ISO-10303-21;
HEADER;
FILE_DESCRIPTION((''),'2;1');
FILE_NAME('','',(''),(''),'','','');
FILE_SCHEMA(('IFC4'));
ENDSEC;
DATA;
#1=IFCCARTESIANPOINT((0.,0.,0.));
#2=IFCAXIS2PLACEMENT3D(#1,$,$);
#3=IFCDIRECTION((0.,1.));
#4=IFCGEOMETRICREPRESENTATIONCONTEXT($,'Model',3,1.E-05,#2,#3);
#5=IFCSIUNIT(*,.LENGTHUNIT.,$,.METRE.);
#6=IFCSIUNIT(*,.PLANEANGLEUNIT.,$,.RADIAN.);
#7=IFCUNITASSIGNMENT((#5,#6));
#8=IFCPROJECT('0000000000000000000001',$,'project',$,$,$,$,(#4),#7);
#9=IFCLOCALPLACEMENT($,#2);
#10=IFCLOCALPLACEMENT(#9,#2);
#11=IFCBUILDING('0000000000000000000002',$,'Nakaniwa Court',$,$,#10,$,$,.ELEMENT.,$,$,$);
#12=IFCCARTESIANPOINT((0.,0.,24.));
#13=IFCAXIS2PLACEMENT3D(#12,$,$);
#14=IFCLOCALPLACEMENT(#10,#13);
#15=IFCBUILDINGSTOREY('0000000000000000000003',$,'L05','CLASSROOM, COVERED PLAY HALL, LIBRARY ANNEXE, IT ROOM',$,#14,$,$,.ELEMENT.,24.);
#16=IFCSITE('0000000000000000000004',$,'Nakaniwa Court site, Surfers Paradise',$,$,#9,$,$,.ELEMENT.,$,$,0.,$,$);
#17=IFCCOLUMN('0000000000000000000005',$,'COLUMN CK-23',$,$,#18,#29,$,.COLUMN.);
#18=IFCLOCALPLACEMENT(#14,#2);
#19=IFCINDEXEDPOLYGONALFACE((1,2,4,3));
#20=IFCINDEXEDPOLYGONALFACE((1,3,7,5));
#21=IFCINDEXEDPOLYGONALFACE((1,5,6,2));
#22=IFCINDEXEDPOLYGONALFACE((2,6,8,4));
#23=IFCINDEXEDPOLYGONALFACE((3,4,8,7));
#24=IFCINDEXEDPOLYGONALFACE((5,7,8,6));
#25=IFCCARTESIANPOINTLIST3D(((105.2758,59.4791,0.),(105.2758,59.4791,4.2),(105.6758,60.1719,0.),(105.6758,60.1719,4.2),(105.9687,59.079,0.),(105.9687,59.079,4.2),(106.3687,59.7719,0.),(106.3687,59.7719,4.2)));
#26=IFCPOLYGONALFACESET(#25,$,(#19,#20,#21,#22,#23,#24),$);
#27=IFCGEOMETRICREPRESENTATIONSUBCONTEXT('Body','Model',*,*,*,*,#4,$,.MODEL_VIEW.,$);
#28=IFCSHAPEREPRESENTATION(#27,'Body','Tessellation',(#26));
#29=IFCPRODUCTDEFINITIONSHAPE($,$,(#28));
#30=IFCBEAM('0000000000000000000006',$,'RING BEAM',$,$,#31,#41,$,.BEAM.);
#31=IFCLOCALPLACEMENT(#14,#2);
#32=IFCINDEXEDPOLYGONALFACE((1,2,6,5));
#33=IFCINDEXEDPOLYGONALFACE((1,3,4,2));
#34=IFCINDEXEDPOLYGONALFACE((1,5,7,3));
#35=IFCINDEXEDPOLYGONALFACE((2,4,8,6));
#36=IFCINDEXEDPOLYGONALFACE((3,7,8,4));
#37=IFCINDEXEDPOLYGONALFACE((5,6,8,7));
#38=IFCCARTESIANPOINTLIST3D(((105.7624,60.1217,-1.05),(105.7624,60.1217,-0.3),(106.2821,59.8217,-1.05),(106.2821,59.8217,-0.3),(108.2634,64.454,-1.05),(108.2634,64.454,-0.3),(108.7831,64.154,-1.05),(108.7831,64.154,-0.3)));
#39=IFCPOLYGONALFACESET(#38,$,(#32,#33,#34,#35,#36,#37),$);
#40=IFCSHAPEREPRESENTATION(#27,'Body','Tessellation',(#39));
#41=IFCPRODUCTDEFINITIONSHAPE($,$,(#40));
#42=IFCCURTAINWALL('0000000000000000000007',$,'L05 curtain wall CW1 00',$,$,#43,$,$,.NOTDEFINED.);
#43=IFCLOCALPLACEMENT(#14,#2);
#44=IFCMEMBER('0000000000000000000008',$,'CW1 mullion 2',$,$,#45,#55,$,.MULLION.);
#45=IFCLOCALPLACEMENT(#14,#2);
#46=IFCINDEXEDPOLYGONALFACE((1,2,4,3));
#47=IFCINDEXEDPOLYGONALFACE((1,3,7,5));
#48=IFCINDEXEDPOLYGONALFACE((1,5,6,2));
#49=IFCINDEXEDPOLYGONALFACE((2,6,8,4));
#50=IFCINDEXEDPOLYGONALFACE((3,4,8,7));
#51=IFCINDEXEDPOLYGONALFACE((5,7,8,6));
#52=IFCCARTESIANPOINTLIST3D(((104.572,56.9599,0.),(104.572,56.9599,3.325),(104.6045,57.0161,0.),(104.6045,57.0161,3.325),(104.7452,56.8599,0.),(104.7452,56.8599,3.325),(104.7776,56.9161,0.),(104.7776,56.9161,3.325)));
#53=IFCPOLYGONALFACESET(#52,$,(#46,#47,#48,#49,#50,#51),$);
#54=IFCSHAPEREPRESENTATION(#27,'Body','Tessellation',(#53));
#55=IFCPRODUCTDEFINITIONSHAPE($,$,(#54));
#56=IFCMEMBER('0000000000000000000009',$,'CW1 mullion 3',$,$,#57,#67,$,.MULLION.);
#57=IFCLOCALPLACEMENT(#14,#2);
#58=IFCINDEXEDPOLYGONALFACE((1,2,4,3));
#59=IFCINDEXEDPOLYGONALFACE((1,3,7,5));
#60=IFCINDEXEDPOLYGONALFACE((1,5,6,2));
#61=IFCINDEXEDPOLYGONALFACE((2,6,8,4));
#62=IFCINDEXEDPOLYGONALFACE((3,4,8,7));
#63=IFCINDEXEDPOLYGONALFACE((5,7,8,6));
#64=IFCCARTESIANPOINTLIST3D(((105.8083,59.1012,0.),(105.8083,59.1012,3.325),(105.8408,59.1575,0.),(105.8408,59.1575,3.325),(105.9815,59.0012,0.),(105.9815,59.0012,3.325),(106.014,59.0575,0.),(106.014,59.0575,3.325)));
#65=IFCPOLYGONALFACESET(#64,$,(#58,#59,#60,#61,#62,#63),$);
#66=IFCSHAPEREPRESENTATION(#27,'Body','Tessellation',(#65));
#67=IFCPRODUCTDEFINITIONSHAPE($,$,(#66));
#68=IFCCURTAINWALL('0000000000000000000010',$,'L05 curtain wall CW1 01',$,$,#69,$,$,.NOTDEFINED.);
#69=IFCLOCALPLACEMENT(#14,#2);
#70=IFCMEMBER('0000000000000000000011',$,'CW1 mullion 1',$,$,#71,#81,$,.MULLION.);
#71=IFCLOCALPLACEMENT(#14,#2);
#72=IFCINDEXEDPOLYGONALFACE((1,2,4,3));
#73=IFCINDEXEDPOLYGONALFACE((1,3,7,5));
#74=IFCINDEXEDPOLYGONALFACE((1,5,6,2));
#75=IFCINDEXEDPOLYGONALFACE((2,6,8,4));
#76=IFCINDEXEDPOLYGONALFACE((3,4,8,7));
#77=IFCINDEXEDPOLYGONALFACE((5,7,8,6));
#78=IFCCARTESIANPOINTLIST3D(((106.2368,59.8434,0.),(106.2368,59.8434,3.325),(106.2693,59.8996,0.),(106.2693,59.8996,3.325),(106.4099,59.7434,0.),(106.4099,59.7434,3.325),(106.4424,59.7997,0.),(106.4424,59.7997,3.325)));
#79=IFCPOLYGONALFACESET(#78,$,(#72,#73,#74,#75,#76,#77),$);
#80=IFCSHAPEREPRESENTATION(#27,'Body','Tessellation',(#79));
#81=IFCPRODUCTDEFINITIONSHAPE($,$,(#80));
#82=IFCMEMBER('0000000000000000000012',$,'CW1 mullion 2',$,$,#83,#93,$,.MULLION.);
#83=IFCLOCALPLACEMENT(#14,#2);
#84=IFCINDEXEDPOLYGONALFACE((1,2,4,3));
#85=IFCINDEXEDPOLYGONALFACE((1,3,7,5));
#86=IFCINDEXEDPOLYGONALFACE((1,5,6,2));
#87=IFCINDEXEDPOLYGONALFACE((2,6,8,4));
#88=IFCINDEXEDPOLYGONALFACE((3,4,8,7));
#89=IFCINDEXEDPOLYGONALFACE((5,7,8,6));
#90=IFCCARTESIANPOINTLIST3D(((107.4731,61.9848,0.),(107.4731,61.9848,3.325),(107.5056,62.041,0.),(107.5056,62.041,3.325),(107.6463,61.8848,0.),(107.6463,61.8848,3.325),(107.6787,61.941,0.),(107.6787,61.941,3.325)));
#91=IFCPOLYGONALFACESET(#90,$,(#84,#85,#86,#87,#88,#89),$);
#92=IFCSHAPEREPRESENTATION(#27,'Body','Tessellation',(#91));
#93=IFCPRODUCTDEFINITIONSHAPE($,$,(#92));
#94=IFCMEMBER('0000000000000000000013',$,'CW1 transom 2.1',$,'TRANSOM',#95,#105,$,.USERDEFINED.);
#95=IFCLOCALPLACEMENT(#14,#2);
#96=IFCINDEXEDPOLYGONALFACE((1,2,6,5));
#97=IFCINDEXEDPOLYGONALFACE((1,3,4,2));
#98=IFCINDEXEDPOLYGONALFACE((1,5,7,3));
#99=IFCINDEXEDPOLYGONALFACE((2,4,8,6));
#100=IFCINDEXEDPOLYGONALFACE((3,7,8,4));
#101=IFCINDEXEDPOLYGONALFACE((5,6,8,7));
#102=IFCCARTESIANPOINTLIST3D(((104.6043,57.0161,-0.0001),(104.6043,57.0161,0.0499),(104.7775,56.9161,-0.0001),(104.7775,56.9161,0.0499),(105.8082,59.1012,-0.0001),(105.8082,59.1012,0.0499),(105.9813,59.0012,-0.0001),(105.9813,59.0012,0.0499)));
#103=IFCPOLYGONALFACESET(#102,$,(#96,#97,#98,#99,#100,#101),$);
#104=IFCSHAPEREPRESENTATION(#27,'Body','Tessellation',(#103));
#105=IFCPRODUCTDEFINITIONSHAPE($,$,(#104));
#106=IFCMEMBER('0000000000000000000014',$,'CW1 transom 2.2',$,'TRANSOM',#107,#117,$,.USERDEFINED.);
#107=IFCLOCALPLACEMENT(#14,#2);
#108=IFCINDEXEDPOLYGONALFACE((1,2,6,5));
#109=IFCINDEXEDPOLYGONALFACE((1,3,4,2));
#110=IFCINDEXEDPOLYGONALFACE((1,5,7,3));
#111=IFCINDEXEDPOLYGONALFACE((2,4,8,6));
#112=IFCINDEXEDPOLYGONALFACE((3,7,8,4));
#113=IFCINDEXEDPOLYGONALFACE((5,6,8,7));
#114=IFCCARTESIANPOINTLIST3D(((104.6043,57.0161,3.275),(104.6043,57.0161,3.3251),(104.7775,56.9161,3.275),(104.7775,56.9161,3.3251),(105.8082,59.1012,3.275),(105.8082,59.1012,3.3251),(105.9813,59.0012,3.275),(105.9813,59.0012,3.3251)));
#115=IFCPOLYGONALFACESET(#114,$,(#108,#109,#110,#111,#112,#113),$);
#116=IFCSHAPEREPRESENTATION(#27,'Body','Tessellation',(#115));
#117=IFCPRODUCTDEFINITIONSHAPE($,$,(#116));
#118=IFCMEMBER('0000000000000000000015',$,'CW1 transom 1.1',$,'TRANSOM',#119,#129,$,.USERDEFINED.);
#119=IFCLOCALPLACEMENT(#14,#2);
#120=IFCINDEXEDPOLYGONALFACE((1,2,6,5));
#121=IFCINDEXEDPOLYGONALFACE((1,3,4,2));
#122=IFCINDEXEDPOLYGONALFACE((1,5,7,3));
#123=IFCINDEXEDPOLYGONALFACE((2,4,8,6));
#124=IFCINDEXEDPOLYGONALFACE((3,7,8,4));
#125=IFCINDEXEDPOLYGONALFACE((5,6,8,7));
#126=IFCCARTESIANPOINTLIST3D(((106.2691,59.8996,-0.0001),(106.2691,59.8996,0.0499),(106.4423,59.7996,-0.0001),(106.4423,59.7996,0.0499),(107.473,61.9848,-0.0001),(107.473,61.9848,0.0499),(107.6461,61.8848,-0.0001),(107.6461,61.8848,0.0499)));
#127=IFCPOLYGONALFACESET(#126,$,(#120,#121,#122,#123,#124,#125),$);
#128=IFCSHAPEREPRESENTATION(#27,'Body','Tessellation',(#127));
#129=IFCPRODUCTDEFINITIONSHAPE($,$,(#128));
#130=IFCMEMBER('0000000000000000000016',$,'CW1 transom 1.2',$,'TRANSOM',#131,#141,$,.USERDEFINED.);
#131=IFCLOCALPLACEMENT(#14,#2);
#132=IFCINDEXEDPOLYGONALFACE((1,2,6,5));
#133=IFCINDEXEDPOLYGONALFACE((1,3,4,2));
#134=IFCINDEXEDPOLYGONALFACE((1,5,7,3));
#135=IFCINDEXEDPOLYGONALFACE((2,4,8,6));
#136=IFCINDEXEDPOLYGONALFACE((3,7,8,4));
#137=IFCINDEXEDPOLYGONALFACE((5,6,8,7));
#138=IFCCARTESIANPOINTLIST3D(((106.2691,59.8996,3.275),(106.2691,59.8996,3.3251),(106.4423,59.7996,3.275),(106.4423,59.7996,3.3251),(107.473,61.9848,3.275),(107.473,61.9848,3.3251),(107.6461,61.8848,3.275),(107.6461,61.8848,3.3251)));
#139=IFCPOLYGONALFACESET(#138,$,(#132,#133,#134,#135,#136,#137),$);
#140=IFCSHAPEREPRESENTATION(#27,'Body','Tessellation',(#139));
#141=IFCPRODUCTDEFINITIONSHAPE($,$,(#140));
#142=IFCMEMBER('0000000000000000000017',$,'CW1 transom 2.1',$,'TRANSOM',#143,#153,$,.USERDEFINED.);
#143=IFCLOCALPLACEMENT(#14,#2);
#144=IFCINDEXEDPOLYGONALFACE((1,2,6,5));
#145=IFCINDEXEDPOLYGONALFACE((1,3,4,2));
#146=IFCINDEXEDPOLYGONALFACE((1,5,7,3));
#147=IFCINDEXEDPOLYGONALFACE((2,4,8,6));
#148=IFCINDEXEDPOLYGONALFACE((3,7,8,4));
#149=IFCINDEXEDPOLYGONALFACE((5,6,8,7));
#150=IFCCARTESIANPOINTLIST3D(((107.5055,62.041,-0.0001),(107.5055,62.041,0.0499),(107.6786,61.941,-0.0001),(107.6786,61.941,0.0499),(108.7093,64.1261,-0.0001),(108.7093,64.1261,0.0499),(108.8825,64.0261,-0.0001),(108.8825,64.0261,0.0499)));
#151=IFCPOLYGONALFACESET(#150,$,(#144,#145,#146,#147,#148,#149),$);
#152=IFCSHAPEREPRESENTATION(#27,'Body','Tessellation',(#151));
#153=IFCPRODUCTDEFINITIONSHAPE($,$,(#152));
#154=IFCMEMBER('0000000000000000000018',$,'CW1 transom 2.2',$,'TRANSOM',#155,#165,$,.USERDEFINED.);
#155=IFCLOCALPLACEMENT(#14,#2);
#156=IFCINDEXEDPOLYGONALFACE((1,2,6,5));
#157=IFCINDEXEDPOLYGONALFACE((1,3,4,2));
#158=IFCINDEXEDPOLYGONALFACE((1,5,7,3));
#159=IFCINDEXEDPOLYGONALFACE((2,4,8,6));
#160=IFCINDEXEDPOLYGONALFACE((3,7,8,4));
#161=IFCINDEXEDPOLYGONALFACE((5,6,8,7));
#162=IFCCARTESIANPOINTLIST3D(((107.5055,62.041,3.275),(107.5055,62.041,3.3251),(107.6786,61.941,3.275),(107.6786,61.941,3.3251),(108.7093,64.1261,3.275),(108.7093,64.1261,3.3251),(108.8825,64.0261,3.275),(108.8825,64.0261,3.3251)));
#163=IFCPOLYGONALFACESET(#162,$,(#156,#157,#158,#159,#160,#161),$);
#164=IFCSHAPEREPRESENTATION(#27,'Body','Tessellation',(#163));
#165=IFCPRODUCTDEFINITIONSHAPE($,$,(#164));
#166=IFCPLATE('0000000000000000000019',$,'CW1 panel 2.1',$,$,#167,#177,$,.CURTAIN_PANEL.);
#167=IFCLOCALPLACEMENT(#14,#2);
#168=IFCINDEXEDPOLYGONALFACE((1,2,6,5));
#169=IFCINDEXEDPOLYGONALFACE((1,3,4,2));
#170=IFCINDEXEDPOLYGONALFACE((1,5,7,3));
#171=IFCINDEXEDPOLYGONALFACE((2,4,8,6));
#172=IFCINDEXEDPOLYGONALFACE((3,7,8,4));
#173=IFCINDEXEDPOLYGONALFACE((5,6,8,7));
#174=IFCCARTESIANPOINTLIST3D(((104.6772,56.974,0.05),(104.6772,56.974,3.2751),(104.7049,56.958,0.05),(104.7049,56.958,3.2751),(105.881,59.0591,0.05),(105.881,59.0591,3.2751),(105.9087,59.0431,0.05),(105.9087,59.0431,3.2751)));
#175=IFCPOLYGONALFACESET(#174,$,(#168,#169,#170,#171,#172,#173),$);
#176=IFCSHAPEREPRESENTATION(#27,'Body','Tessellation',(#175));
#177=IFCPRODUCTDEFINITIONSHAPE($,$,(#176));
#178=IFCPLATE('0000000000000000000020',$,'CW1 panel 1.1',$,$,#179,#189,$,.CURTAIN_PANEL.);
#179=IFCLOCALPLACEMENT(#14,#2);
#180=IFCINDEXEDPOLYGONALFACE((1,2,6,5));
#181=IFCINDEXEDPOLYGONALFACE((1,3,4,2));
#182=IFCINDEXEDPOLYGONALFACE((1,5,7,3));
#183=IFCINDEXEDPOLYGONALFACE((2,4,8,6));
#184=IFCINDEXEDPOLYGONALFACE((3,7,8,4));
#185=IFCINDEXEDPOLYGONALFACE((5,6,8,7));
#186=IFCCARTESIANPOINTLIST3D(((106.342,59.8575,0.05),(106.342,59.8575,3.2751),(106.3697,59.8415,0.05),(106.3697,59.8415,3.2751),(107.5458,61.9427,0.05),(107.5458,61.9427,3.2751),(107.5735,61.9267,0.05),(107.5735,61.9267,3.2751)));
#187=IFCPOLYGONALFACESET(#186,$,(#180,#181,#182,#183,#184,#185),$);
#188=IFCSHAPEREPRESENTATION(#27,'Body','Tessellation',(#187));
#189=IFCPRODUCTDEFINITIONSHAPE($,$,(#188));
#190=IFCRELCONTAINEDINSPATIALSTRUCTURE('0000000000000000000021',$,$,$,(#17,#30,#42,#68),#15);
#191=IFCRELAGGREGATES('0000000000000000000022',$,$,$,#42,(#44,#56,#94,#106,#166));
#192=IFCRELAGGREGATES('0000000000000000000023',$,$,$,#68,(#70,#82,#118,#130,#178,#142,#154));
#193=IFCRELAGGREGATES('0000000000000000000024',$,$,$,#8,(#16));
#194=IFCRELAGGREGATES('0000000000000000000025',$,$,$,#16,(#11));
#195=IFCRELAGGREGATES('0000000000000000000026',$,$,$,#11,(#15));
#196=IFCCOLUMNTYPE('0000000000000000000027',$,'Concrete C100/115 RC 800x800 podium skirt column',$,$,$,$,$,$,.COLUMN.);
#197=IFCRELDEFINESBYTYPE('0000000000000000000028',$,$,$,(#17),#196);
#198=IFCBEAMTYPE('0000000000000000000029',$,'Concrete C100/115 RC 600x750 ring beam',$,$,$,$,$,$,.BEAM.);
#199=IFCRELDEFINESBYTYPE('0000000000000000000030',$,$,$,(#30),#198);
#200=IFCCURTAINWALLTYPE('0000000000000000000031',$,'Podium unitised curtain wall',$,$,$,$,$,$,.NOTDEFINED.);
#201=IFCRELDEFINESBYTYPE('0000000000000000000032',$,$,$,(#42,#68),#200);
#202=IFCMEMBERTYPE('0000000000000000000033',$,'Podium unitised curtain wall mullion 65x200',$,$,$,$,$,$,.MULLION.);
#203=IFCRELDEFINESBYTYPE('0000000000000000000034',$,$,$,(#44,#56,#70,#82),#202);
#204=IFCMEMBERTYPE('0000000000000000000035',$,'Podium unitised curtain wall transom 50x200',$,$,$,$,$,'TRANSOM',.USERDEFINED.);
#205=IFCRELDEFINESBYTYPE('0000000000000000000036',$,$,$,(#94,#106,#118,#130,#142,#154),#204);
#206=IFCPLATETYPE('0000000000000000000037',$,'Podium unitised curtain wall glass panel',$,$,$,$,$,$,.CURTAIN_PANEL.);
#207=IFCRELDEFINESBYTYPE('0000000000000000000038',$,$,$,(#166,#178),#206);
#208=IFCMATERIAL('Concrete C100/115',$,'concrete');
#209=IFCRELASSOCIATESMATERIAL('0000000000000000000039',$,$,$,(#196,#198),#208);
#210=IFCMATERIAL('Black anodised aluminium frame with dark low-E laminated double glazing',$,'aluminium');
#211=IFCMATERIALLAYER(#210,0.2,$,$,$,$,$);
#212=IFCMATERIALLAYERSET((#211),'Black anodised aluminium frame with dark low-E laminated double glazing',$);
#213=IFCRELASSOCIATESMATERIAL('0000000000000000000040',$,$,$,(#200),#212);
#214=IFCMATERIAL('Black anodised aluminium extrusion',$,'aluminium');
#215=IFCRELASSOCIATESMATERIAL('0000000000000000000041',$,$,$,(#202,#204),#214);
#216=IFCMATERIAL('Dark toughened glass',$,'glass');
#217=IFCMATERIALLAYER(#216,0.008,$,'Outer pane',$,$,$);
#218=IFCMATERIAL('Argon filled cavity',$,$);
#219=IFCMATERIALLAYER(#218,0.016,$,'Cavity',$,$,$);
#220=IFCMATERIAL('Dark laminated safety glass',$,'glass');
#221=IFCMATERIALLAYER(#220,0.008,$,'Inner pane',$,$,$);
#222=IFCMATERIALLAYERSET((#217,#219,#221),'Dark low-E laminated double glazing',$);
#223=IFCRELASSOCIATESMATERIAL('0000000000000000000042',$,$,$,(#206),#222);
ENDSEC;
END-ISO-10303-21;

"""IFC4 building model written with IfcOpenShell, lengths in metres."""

from ifc_helpers import new_model, si_unit, direction, frame, origin, origin_2d, place, context, subcontext, project, spatial, rectangle, extrude, material, layer, layer_set, material_profile, profile_set, type_object, element, aggregate, save


model = new_model("IFC4")

# Units and contexts
model_context = context("Model", 3, precision=1e-05, world=origin(), true_north=direction((0.0, 1.0)))
body_context = subcontext(model_context, "Body", "Model", "MODEL_VIEW")
ifc_project = project(units=[si_unit("LENGTHUNIT", "METRE"), si_unit("PLANEANGLEUNIT", "RADIAN")], contexts=[model_context])

# Site, building, storey
site_placement = place(None, origin())
site = spatial("IfcSite", under=ifc_project, at=site_placement, Name="Nakaniwa Court site, Surfers Paradise", CompositionType="ELEMENT", RefElevation=0.0)
building_placement = place(site_placement, origin())
building = spatial("IfcBuilding", under=site, at=building_placement, Name="Nakaniwa Court", CompositionType="ELEMENT")
storey_placement = place(building_placement, frame((0.0, 0.0, 24.0)))
storey = spatial("IfcBuildingStorey", under=building, at=storey_placement, Name="L05", Description="CLASSROOM, COVERED PLAY HALL, LIBRARY ANNEXE, IT ROOM", CompositionType="ELEMENT", Elevation=24.0)

# Column
ifc_material_1 = material(Name="Concrete C100/115", Category="concrete")
ifc_material_profile_1 = material_profile(ifc_material_1, rectangle(XDim=0.8, YDim=0.8, at=origin_2d()), Name="Concrete C100/115 RC 800x800 podium skirt column")
ifc_profile_set_1 = profile_set([ifc_material_profile_1], Name="Concrete C100/115")
column_type = type_object("IfcColumnType", Name="Concrete C100/115 RC 800x800 podium skirt column", PredefinedType="COLUMN", material=ifc_profile_set_1)
column_placement = place(storey_placement, frame((105.8223, 59.6255, 0.0), z_axis=(0.0, 0.0, 1.0), x_axis=(0.5, 0.866025, 0.0)))
element("IfcColumn", 1, at=column_placement, inside=storey, type_object=column_type, Name="COLUMN CK-23", PredefinedType="COLUMN", context=body_context, shape_type="SweptSolid", body=[
    extrude(rectangle(XDim=0.8, YDim=0.8, at=origin_2d()), origin(), (0.0, 0.0, 1.0), 4.2),
])

# Beam
ifc_material_profile_2 = material_profile(ifc_material_1, rectangle(XDim=0.6001, YDim=0.75, at=origin_2d()), Name="Concrete C100/115 RC 600x750 ring beam")
ifc_profile_set_2 = profile_set([ifc_material_profile_2], Name="Concrete C100/115")
beam_type = type_object("IfcBeamType", Name="Concrete C100/115 RC 600x750 ring beam", PredefinedType="BEAM", material=ifc_profile_set_2)
beam_placement = place(storey_placement, frame((106.0222, 59.9717, -0.675), z_axis=(0.49996, 0.866048, 0.0), x_axis=(-0.866048, 0.49996, 0.0)))
element("IfcBeam", 2, at=beam_placement, inside=storey, type_object=beam_type, Name="RING BEAM", PredefinedType="BEAM", context=body_context, shape_type="SweptSolid", body=[
    extrude(rectangle(XDim=0.6001, YDim=0.75, at=origin_2d()), origin(), (0.0, 0.0, 1.0), 5.0024),
])

# Curtain walls, members
ifc_material_2 = material(Name="Black anodised aluminium frame with dark low-E laminated double glazing", Category="aluminium")
ifc_layer_1 = layer(ifc_material_2, 0.2)
ifc_layer_set_1 = layer_set([ifc_layer_1], Name="Black anodised aluminium frame with dark low-E laminated double glazing")
curtain_wall_type = type_object("IfcCurtainWallType", Name="Podium unitised curtain wall", PredefinedType="NOTDEFINED", material=ifc_layer_set_1)
curtain_wall_1_placement = place(storey_placement, origin())
curtain_wall_1 = element("IfcCurtainWall", 3, at=curtain_wall_1_placement, inside=storey, type_object=curtain_wall_type, Name="L05 curtain wall CW1 00", PredefinedType="NOTDEFINED")
ifc_material_3 = material(Name="Black anodised aluminium extrusion", Category="aluminium")
ifc_material_profile_3 = material_profile(ifc_material_3, rectangle(XDim=0.2, YDim=0.0649, at=origin_2d()), Name="Podium unitised curtain wall mullion 65x200")
ifc_profile_set_3 = profile_set([ifc_material_profile_3], Name="Black anodised aluminium extrusion")
member_type_1 = type_object("IfcMemberType", Name="Podium unitised curtain wall mullion 65x200", PredefinedType="MULLION", material=ifc_profile_set_3)
member_1_placement = place(storey_placement, frame((104.6748, 56.938, 0.0), z_axis=(0.0, 0.0, 1.0), x_axis=(-0.866037, 0.499979, 0.0)))
member_1 = element("IfcMember", 4, at=member_1_placement, type_object=member_type_1, Name="CW1 mullion 2", PredefinedType="MULLION", context=body_context, shape_type="SweptSolid", body=[
    extrude(rectangle(XDim=0.2, YDim=0.0649, at=origin_2d()), origin(), (0.0, 0.0, 1.0), 3.325),
])
member_2_placement = place(storey_placement, frame((105.9111, 59.0793, 0.0), z_axis=(0.0, 0.0, 1.0), x_axis=(-0.866037, 0.499979, 0.0)))
member_2 = element("IfcMember", 5, at=member_2_placement, type_object=member_type_1, Name="CW1 mullion 3", PredefinedType="MULLION", context=body_context, shape_type="SweptSolid", body=[
    extrude(rectangle(XDim=0.2, YDim=0.0649, at=origin_2d()), origin(), (0.0, 0.0, 1.0), 3.325),
])
curtain_wall_2_placement = place(storey_placement, origin())
curtain_wall_2 = element("IfcCurtainWall", 6, at=curtain_wall_2_placement, inside=storey, type_object=curtain_wall_type, Name="L05 curtain wall CW1 01", PredefinedType="NOTDEFINED")
member_3_placement = place(storey_placement, frame((106.3396, 59.8215, 0.0), z_axis=(0.0, 0.0, 1.0), x_axis=(-0.866032, 0.499988, 0.0)))
member_3 = element("IfcMember", 7, at=member_3_placement, type_object=member_type_1, Name="CW1 mullion 1", PredefinedType="MULLION", context=body_context, shape_type="SweptSolid", body=[
    extrude(rectangle(XDim=0.2, YDim=0.0649, at=origin_2d()), origin(), (0.0, 0.0, 1.0), 3.325),
])
member_4_placement = place(storey_placement, frame((107.5759, 61.9629, 0.0), z_axis=(0.0, 0.0, 1.0), x_axis=(-0.866032, 0.499988, 0.0)))
member_4 = element("IfcMember", 8, at=member_4_placement, type_object=member_type_1, Name="CW1 mullion 2", PredefinedType="MULLION", context=body_context, shape_type="SweptSolid", body=[
    extrude(rectangle(XDim=0.2, YDim=0.0649, at=origin_2d()), origin(), (0.0, 0.0, 1.0), 3.325),
])

# Members
ifc_material_profile_4 = material_profile(ifc_material_3, rectangle(XDim=0.2, YDim=0.05, at=origin_2d()), Name="Podium unitised curtain wall transom 50x200")
ifc_profile_set_4 = profile_set([ifc_material_profile_4], Name="Black anodised aluminium extrusion")
member_type_2 = type_object("IfcMemberType", Name="Podium unitised curtain wall transom 50x200", ElementType="TRANSOM", PredefinedType="USERDEFINED", material=ifc_profile_set_4)
member_5_placement = place(storey_placement, frame((104.6909, 56.9661, 0.0249), z_axis=(0.499989, 0.866032, 0.0), x_axis=(-0.866032, 0.499989, 0.0)))
member_5 = element("IfcMember", 9, at=member_5_placement, type_object=member_type_2, Name="CW1 transom 2.1", ObjectType="TRANSOM", PredefinedType="USERDEFINED", context=body_context, shape_type="SweptSolid", body=[
    extrude(rectangle(XDim=0.2, YDim=0.05, at=origin_2d()), origin(), (0.0, 0.0, 1.0), 2.4077),
])
member_6_placement = place(storey_placement, frame((104.6909, 56.9661, 3.3), z_axis=(0.499989, 0.866032, 0.0), x_axis=(-0.866032, 0.499989, 0.0)))
member_6 = element("IfcMember", 10, at=member_6_placement, type_object=member_type_2, Name="CW1 transom 2.2", ObjectType="TRANSOM", PredefinedType="USERDEFINED", context=body_context, shape_type="SweptSolid", body=[
    extrude(rectangle(XDim=0.2, YDim=0.05, at=origin_2d()), origin(), (0.0, 0.0, 1.0), 2.4077),
])
member_7_placement = place(storey_placement, frame((106.3557, 59.8496, 0.0249), z_axis=(0.499989, 0.866032, 0.0), x_axis=(-0.866032, 0.499989, 0.0)))
member_7 = element("IfcMember", 11, at=member_7_placement, type_object=member_type_2, Name="CW1 transom 1.1", ObjectType="TRANSOM", PredefinedType="USERDEFINED", context=body_context, shape_type="SweptSolid", body=[
    extrude(rectangle(XDim=0.2, YDim=0.05, at=origin_2d()), origin(), (0.0, 0.0, 1.0), 2.4077),
])
member_8_placement = place(storey_placement, frame((106.3557, 59.8496, 3.3), z_axis=(0.499989, 0.866032, 0.0), x_axis=(-0.866032, 0.499989, 0.0)))
member_8 = element("IfcMember", 12, at=member_8_placement, type_object=member_type_2, Name="CW1 transom 1.2", ObjectType="TRANSOM", PredefinedType="USERDEFINED", context=body_context, shape_type="SweptSolid", body=[
    extrude(rectangle(XDim=0.2, YDim=0.05, at=origin_2d()), origin(), (0.0, 0.0, 1.0), 2.4077),
])
member_9_placement = place(storey_placement, frame((107.592, 61.991, 0.0249), z_axis=(0.499989, 0.866032, 0.0), x_axis=(-0.866032, 0.499989, 0.0)))
member_9 = element("IfcMember", 13, at=member_9_placement, type_object=member_type_2, Name="CW1 transom 2.1", ObjectType="TRANSOM", PredefinedType="USERDEFINED", context=body_context, shape_type="SweptSolid", body=[
    extrude(rectangle(XDim=0.2, YDim=0.05, at=origin_2d()), origin(), (0.0, 0.0, 1.0), 2.4077),
])
member_10_placement = place(storey_placement, frame((107.592, 61.991, 3.3), z_axis=(0.499989, 0.866032, 0.0), x_axis=(-0.866032, 0.499989, 0.0)))
member_10 = element("IfcMember", 14, at=member_10_placement, type_object=member_type_2, Name="CW1 transom 2.2", ObjectType="TRANSOM", PredefinedType="USERDEFINED", context=body_context, shape_type="SweptSolid", body=[
    extrude(rectangle(XDim=0.2, YDim=0.05, at=origin_2d()), origin(), (0.0, 0.0, 1.0), 2.4077),
])

# Plates
ifc_material_4 = material(Name="Dark toughened glass", Category="glass")
ifc_layer_2 = layer(ifc_material_4, 0.008, Name="Outer pane")
ifc_material_5 = material(Name="Argon filled cavity")
ifc_layer_3 = layer(ifc_material_5, 0.016, Name="Cavity")
ifc_material_6 = material(Name="Dark laminated safety glass", Category="glass")
ifc_layer_4 = layer(ifc_material_6, 0.008, Name="Inner pane")
ifc_layer_set_2 = layer_set([ifc_layer_2, ifc_layer_3, ifc_layer_4], Name="Dark low-E laminated double glazing")
plate_type = type_object("IfcPlateType", Name="Podium unitised curtain wall glass panel", PredefinedType="CURTAIN_PANEL", material=ifc_layer_set_2)
plate_1_placement = place(storey_placement, frame((105.293, 58.0085, 0.05), z_axis=(0.0, 0.0, 1.0), x_axis=(0.499979, 0.866037, 0.0)))
plate_1 = element("IfcPlate", 15, at=plate_1_placement, type_object=plate_type, Name="CW1 panel 2.1", PredefinedType="CURTAIN_PANEL", context=body_context, shape_type="SweptSolid", body=[
    extrude(rectangle(XDim=2.4077, YDim=0.032, at=origin_2d()), origin(), (0.0, 0.0, 1.0), 3.2251),
])
aggregate(curtain_wall_1, [member_1, member_2, member_5, member_6, plate_1])
plate_2_placement = place(storey_placement, frame((106.9578, 60.8921, 0.05), z_axis=(0.0, 0.0, 1.0), x_axis=(0.499988, 0.866032, 0.0)))
plate_2 = element("IfcPlate", 16, at=plate_2_placement, type_object=plate_type, Name="CW1 panel 1.1", PredefinedType="CURTAIN_PANEL", context=body_context, shape_type="SweptSolid", body=[
    extrude(rectangle(XDim=2.4077, YDim=0.032, at=origin_2d()), origin(), (0.0, 0.0, 1.0), 3.2251),
])
aggregate(curtain_wall_2, [member_3, member_4, member_7, member_8, plate_2, member_9, member_10])

save(model, "model.ifc")
